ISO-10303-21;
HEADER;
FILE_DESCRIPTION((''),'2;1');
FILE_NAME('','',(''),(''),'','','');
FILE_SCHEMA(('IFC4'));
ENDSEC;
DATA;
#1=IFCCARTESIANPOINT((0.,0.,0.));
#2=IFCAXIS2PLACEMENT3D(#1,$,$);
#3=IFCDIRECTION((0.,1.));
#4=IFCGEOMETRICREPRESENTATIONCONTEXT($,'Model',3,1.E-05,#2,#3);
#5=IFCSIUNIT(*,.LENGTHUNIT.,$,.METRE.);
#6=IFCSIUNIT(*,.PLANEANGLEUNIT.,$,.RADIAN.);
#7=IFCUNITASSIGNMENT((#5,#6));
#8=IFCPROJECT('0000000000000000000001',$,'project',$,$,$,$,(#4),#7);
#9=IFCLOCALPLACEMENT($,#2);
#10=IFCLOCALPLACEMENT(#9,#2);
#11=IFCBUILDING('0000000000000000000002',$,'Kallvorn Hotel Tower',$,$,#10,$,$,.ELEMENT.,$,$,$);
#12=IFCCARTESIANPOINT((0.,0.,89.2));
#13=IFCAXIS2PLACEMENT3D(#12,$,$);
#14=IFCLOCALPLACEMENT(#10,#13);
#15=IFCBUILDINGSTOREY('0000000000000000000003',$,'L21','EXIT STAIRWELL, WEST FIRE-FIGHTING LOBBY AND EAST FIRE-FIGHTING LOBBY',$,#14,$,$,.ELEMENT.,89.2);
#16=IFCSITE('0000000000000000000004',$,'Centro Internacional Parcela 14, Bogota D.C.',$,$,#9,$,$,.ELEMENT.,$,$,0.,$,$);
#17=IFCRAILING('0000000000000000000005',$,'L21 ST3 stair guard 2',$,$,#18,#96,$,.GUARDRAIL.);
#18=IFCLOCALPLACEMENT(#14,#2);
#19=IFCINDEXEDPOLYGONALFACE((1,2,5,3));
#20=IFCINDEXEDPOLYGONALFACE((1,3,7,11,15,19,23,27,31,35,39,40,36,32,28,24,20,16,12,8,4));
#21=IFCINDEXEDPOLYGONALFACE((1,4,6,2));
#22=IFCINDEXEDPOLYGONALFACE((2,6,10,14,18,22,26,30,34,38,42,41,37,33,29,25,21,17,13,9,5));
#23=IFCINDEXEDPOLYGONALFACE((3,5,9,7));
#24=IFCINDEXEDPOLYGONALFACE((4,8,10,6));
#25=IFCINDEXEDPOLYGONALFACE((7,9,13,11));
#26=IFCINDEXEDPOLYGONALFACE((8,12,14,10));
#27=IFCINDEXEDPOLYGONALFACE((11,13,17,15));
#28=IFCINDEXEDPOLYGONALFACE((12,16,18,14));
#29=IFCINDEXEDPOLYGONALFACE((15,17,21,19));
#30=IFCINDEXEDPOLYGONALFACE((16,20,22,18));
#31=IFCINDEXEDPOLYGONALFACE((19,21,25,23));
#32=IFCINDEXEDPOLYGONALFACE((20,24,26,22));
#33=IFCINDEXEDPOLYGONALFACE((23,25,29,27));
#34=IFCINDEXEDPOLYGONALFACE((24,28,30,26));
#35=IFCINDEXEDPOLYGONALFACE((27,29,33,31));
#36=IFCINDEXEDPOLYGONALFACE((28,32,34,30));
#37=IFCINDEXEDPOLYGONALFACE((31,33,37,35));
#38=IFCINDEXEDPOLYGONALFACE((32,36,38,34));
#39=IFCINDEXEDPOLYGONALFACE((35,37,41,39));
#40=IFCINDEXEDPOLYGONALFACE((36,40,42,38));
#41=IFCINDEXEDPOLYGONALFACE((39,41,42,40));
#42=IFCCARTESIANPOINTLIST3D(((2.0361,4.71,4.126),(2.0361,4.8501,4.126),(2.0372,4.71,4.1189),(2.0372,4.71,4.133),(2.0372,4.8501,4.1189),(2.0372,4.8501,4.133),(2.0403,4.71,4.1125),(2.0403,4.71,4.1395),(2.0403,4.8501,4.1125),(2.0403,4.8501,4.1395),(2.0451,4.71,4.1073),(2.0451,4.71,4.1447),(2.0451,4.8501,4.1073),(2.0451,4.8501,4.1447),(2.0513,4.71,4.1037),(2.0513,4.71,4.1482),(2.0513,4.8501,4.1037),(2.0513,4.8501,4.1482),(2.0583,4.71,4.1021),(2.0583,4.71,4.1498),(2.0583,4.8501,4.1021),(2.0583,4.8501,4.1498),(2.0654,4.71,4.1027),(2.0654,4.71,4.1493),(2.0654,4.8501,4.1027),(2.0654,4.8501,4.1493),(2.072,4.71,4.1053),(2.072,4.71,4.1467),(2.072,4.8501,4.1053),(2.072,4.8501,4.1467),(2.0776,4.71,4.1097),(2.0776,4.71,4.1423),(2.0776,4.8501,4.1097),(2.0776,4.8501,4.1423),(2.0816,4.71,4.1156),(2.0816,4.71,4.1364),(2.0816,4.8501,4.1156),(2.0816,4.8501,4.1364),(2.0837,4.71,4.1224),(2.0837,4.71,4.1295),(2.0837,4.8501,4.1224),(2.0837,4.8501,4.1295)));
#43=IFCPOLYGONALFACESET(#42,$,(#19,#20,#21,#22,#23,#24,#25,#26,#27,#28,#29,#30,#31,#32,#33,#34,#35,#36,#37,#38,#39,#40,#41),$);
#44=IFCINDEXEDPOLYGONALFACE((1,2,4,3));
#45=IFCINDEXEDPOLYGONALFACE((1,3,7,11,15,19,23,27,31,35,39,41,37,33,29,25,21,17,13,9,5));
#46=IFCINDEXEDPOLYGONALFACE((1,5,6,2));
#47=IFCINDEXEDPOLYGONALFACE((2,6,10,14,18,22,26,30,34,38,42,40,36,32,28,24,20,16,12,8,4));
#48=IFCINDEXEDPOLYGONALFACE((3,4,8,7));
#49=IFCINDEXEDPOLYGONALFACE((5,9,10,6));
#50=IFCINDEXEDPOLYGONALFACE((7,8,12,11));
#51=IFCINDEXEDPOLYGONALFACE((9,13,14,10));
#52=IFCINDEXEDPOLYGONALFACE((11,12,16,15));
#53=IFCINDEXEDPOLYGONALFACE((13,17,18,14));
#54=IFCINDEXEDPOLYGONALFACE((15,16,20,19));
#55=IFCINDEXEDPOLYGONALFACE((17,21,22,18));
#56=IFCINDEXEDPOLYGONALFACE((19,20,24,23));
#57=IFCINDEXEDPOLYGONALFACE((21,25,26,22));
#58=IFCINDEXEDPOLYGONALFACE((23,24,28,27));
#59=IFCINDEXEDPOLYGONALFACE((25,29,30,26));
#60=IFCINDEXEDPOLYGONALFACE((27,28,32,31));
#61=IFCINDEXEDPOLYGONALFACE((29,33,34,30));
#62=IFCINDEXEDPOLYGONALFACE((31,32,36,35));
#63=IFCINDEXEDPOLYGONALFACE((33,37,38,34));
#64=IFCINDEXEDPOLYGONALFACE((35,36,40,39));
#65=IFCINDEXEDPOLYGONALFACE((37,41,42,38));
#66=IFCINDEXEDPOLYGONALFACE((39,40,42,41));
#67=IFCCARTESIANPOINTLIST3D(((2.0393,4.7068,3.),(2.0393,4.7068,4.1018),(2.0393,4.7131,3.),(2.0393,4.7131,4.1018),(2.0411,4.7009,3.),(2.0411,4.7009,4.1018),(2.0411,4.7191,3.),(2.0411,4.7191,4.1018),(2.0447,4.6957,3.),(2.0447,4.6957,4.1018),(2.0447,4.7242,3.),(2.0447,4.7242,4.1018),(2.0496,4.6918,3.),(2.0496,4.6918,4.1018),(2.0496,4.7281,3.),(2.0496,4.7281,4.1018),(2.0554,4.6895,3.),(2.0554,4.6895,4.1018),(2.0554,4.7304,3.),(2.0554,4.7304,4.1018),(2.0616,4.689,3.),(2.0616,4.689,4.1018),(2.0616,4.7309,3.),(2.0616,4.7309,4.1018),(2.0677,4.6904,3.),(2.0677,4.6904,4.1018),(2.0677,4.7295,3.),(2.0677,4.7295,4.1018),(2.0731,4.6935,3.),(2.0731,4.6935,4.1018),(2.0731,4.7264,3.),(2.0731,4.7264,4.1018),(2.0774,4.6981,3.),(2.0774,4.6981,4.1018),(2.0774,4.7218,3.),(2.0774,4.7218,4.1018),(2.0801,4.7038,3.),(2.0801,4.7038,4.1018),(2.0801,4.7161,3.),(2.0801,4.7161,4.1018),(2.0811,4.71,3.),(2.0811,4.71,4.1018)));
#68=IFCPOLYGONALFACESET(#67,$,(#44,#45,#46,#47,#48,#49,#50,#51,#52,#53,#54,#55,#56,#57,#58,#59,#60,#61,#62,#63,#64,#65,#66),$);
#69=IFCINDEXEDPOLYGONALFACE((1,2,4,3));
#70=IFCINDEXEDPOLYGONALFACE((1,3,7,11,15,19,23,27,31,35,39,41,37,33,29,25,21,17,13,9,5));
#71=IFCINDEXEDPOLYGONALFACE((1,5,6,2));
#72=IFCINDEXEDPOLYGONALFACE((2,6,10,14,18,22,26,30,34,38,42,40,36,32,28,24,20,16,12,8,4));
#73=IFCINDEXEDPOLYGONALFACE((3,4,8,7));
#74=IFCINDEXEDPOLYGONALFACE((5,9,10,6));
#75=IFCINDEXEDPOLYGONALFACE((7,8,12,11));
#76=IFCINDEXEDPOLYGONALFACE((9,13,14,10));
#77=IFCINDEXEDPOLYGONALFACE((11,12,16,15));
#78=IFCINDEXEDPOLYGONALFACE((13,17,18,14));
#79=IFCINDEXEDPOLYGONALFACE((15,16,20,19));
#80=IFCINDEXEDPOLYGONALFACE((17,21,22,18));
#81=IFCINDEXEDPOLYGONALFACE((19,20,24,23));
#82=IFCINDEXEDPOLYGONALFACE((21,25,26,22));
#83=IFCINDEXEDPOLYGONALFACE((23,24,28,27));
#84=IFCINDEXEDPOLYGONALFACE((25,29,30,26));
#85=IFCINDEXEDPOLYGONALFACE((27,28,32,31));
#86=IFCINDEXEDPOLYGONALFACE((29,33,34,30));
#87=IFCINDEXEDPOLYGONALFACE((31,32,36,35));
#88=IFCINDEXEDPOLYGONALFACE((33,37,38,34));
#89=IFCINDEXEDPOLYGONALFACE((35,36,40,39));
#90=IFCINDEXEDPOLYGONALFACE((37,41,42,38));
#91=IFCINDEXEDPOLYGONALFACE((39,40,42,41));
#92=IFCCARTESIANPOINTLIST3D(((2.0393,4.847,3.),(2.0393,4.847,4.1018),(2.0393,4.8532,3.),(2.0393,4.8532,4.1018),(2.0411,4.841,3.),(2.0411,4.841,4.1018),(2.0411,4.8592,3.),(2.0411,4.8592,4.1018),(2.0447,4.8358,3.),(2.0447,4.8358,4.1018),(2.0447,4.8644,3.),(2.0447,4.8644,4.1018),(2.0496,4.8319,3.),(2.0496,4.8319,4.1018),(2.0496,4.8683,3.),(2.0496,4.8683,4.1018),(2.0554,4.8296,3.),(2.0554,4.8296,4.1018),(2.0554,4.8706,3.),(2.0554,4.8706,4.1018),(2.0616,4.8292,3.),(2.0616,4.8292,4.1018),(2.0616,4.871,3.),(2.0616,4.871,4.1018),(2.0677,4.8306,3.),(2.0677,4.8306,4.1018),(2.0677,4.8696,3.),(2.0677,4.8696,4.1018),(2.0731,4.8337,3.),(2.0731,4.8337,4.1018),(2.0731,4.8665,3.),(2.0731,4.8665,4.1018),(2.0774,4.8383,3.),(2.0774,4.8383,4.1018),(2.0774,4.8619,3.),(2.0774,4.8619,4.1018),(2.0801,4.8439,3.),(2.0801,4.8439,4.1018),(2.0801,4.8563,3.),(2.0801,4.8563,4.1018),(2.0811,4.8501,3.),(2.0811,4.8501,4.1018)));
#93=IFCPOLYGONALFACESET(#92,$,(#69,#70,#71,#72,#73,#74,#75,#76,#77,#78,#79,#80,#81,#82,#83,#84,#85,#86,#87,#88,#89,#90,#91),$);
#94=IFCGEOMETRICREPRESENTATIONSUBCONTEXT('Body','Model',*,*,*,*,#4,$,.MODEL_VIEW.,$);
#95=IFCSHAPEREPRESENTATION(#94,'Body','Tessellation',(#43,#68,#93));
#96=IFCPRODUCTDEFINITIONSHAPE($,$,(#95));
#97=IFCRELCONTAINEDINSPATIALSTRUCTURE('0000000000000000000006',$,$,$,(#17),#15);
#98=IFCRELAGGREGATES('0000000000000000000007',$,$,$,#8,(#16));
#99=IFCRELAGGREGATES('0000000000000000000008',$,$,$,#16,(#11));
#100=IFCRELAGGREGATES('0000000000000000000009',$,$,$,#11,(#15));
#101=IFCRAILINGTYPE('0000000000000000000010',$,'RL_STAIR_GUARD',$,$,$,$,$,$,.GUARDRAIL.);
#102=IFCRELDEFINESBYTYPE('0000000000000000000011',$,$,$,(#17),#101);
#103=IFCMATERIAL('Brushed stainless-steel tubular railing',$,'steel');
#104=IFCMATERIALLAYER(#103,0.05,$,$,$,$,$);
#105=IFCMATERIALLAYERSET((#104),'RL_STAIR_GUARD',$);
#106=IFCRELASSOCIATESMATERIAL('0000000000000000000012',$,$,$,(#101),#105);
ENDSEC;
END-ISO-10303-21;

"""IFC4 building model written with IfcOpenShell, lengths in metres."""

from ifc_helpers import new_model, si_unit, direction, frame, origin, origin_2d, place, context, subcontext, project, spatial, circle, extrude, material, layer, layer_set, type_object, element, save


model = new_model("IFC4")

# Units and contexts
model_context = context("Model", 3, precision=1e-05, world=origin(), true_north=direction((0.0, 1.0)))
body_context = subcontext(model_context, "Body", "Model", "MODEL_VIEW")
ifc_project = project(units=[si_unit("LENGTHUNIT", "METRE"), si_unit("PLANEANGLEUNIT", "RADIAN")], contexts=[model_context])

# Site, building, storey
site_placement = place(None, origin())
site = spatial("IfcSite", under=ifc_project, at=site_placement, Name="Centro Internacional Parcela 14, Bogota D.C.", CompositionType="ELEMENT", RefElevation=0.0)
building_placement = place(site_placement, origin())
building = spatial("IfcBuilding", under=site, at=building_placement, Name="Kallvorn Hotel Tower", CompositionType="ELEMENT")
storey_placement = place(building_placement, frame((0.0, 0.0, 89.2)))
storey = spatial("IfcBuildingStorey", under=building, at=storey_placement, Name="L21", Description="EXIT STAIRWELL, WEST FIRE-FIGHTING LOBBY AND EAST FIRE-FIGHTING LOBBY", CompositionType="ELEMENT", Elevation=89.2)

# Railing
ifc_material_1 = material(Name="Brushed stainless-steel tubular railing", Category="steel")
ifc_layer_1 = layer(ifc_material_1, 0.05)
ifc_layer_set_1 = layer_set([ifc_layer_1], Name="RL_STAIR_GUARD")
railing_type_1 = type_object("IfcRailingType", Name="RL_STAIR_GUARD", PredefinedType="GUARDRAIL", material=ifc_layer_set_1)
railing_1_placement = place(storey_placement, frame((2.0601, 4.71, 3.0)))
element("IfcRailing", 1, at=railing_1_placement, inside=storey, type_object=railing_type_1, Name="L21 ST3 stair guard 2", PredefinedType="GUARDRAIL", context=body_context, shape_type="SweptSolid", body=[
    extrude(circle(Radius=0.0239, at=origin_2d()), frame((0.0, 0.0, 1.126), z_axis=(0.0, 1.0, 0.0), x_axis=(-1.0, 0.0, 0.0)), (0.0, 0.0, 1.0), 0.1401),
    extrude(circle(Radius=0.021, at=origin_2d()), origin(), (0.0, 0.0, 1.0), 1.1018),
    extrude(circle(Radius=0.021, at=origin_2d()), frame((0.0, 0.1401, 0.0)), (0.0, 0.0, 1.0), 1.1018),
])

save(model, "model.ifc")
